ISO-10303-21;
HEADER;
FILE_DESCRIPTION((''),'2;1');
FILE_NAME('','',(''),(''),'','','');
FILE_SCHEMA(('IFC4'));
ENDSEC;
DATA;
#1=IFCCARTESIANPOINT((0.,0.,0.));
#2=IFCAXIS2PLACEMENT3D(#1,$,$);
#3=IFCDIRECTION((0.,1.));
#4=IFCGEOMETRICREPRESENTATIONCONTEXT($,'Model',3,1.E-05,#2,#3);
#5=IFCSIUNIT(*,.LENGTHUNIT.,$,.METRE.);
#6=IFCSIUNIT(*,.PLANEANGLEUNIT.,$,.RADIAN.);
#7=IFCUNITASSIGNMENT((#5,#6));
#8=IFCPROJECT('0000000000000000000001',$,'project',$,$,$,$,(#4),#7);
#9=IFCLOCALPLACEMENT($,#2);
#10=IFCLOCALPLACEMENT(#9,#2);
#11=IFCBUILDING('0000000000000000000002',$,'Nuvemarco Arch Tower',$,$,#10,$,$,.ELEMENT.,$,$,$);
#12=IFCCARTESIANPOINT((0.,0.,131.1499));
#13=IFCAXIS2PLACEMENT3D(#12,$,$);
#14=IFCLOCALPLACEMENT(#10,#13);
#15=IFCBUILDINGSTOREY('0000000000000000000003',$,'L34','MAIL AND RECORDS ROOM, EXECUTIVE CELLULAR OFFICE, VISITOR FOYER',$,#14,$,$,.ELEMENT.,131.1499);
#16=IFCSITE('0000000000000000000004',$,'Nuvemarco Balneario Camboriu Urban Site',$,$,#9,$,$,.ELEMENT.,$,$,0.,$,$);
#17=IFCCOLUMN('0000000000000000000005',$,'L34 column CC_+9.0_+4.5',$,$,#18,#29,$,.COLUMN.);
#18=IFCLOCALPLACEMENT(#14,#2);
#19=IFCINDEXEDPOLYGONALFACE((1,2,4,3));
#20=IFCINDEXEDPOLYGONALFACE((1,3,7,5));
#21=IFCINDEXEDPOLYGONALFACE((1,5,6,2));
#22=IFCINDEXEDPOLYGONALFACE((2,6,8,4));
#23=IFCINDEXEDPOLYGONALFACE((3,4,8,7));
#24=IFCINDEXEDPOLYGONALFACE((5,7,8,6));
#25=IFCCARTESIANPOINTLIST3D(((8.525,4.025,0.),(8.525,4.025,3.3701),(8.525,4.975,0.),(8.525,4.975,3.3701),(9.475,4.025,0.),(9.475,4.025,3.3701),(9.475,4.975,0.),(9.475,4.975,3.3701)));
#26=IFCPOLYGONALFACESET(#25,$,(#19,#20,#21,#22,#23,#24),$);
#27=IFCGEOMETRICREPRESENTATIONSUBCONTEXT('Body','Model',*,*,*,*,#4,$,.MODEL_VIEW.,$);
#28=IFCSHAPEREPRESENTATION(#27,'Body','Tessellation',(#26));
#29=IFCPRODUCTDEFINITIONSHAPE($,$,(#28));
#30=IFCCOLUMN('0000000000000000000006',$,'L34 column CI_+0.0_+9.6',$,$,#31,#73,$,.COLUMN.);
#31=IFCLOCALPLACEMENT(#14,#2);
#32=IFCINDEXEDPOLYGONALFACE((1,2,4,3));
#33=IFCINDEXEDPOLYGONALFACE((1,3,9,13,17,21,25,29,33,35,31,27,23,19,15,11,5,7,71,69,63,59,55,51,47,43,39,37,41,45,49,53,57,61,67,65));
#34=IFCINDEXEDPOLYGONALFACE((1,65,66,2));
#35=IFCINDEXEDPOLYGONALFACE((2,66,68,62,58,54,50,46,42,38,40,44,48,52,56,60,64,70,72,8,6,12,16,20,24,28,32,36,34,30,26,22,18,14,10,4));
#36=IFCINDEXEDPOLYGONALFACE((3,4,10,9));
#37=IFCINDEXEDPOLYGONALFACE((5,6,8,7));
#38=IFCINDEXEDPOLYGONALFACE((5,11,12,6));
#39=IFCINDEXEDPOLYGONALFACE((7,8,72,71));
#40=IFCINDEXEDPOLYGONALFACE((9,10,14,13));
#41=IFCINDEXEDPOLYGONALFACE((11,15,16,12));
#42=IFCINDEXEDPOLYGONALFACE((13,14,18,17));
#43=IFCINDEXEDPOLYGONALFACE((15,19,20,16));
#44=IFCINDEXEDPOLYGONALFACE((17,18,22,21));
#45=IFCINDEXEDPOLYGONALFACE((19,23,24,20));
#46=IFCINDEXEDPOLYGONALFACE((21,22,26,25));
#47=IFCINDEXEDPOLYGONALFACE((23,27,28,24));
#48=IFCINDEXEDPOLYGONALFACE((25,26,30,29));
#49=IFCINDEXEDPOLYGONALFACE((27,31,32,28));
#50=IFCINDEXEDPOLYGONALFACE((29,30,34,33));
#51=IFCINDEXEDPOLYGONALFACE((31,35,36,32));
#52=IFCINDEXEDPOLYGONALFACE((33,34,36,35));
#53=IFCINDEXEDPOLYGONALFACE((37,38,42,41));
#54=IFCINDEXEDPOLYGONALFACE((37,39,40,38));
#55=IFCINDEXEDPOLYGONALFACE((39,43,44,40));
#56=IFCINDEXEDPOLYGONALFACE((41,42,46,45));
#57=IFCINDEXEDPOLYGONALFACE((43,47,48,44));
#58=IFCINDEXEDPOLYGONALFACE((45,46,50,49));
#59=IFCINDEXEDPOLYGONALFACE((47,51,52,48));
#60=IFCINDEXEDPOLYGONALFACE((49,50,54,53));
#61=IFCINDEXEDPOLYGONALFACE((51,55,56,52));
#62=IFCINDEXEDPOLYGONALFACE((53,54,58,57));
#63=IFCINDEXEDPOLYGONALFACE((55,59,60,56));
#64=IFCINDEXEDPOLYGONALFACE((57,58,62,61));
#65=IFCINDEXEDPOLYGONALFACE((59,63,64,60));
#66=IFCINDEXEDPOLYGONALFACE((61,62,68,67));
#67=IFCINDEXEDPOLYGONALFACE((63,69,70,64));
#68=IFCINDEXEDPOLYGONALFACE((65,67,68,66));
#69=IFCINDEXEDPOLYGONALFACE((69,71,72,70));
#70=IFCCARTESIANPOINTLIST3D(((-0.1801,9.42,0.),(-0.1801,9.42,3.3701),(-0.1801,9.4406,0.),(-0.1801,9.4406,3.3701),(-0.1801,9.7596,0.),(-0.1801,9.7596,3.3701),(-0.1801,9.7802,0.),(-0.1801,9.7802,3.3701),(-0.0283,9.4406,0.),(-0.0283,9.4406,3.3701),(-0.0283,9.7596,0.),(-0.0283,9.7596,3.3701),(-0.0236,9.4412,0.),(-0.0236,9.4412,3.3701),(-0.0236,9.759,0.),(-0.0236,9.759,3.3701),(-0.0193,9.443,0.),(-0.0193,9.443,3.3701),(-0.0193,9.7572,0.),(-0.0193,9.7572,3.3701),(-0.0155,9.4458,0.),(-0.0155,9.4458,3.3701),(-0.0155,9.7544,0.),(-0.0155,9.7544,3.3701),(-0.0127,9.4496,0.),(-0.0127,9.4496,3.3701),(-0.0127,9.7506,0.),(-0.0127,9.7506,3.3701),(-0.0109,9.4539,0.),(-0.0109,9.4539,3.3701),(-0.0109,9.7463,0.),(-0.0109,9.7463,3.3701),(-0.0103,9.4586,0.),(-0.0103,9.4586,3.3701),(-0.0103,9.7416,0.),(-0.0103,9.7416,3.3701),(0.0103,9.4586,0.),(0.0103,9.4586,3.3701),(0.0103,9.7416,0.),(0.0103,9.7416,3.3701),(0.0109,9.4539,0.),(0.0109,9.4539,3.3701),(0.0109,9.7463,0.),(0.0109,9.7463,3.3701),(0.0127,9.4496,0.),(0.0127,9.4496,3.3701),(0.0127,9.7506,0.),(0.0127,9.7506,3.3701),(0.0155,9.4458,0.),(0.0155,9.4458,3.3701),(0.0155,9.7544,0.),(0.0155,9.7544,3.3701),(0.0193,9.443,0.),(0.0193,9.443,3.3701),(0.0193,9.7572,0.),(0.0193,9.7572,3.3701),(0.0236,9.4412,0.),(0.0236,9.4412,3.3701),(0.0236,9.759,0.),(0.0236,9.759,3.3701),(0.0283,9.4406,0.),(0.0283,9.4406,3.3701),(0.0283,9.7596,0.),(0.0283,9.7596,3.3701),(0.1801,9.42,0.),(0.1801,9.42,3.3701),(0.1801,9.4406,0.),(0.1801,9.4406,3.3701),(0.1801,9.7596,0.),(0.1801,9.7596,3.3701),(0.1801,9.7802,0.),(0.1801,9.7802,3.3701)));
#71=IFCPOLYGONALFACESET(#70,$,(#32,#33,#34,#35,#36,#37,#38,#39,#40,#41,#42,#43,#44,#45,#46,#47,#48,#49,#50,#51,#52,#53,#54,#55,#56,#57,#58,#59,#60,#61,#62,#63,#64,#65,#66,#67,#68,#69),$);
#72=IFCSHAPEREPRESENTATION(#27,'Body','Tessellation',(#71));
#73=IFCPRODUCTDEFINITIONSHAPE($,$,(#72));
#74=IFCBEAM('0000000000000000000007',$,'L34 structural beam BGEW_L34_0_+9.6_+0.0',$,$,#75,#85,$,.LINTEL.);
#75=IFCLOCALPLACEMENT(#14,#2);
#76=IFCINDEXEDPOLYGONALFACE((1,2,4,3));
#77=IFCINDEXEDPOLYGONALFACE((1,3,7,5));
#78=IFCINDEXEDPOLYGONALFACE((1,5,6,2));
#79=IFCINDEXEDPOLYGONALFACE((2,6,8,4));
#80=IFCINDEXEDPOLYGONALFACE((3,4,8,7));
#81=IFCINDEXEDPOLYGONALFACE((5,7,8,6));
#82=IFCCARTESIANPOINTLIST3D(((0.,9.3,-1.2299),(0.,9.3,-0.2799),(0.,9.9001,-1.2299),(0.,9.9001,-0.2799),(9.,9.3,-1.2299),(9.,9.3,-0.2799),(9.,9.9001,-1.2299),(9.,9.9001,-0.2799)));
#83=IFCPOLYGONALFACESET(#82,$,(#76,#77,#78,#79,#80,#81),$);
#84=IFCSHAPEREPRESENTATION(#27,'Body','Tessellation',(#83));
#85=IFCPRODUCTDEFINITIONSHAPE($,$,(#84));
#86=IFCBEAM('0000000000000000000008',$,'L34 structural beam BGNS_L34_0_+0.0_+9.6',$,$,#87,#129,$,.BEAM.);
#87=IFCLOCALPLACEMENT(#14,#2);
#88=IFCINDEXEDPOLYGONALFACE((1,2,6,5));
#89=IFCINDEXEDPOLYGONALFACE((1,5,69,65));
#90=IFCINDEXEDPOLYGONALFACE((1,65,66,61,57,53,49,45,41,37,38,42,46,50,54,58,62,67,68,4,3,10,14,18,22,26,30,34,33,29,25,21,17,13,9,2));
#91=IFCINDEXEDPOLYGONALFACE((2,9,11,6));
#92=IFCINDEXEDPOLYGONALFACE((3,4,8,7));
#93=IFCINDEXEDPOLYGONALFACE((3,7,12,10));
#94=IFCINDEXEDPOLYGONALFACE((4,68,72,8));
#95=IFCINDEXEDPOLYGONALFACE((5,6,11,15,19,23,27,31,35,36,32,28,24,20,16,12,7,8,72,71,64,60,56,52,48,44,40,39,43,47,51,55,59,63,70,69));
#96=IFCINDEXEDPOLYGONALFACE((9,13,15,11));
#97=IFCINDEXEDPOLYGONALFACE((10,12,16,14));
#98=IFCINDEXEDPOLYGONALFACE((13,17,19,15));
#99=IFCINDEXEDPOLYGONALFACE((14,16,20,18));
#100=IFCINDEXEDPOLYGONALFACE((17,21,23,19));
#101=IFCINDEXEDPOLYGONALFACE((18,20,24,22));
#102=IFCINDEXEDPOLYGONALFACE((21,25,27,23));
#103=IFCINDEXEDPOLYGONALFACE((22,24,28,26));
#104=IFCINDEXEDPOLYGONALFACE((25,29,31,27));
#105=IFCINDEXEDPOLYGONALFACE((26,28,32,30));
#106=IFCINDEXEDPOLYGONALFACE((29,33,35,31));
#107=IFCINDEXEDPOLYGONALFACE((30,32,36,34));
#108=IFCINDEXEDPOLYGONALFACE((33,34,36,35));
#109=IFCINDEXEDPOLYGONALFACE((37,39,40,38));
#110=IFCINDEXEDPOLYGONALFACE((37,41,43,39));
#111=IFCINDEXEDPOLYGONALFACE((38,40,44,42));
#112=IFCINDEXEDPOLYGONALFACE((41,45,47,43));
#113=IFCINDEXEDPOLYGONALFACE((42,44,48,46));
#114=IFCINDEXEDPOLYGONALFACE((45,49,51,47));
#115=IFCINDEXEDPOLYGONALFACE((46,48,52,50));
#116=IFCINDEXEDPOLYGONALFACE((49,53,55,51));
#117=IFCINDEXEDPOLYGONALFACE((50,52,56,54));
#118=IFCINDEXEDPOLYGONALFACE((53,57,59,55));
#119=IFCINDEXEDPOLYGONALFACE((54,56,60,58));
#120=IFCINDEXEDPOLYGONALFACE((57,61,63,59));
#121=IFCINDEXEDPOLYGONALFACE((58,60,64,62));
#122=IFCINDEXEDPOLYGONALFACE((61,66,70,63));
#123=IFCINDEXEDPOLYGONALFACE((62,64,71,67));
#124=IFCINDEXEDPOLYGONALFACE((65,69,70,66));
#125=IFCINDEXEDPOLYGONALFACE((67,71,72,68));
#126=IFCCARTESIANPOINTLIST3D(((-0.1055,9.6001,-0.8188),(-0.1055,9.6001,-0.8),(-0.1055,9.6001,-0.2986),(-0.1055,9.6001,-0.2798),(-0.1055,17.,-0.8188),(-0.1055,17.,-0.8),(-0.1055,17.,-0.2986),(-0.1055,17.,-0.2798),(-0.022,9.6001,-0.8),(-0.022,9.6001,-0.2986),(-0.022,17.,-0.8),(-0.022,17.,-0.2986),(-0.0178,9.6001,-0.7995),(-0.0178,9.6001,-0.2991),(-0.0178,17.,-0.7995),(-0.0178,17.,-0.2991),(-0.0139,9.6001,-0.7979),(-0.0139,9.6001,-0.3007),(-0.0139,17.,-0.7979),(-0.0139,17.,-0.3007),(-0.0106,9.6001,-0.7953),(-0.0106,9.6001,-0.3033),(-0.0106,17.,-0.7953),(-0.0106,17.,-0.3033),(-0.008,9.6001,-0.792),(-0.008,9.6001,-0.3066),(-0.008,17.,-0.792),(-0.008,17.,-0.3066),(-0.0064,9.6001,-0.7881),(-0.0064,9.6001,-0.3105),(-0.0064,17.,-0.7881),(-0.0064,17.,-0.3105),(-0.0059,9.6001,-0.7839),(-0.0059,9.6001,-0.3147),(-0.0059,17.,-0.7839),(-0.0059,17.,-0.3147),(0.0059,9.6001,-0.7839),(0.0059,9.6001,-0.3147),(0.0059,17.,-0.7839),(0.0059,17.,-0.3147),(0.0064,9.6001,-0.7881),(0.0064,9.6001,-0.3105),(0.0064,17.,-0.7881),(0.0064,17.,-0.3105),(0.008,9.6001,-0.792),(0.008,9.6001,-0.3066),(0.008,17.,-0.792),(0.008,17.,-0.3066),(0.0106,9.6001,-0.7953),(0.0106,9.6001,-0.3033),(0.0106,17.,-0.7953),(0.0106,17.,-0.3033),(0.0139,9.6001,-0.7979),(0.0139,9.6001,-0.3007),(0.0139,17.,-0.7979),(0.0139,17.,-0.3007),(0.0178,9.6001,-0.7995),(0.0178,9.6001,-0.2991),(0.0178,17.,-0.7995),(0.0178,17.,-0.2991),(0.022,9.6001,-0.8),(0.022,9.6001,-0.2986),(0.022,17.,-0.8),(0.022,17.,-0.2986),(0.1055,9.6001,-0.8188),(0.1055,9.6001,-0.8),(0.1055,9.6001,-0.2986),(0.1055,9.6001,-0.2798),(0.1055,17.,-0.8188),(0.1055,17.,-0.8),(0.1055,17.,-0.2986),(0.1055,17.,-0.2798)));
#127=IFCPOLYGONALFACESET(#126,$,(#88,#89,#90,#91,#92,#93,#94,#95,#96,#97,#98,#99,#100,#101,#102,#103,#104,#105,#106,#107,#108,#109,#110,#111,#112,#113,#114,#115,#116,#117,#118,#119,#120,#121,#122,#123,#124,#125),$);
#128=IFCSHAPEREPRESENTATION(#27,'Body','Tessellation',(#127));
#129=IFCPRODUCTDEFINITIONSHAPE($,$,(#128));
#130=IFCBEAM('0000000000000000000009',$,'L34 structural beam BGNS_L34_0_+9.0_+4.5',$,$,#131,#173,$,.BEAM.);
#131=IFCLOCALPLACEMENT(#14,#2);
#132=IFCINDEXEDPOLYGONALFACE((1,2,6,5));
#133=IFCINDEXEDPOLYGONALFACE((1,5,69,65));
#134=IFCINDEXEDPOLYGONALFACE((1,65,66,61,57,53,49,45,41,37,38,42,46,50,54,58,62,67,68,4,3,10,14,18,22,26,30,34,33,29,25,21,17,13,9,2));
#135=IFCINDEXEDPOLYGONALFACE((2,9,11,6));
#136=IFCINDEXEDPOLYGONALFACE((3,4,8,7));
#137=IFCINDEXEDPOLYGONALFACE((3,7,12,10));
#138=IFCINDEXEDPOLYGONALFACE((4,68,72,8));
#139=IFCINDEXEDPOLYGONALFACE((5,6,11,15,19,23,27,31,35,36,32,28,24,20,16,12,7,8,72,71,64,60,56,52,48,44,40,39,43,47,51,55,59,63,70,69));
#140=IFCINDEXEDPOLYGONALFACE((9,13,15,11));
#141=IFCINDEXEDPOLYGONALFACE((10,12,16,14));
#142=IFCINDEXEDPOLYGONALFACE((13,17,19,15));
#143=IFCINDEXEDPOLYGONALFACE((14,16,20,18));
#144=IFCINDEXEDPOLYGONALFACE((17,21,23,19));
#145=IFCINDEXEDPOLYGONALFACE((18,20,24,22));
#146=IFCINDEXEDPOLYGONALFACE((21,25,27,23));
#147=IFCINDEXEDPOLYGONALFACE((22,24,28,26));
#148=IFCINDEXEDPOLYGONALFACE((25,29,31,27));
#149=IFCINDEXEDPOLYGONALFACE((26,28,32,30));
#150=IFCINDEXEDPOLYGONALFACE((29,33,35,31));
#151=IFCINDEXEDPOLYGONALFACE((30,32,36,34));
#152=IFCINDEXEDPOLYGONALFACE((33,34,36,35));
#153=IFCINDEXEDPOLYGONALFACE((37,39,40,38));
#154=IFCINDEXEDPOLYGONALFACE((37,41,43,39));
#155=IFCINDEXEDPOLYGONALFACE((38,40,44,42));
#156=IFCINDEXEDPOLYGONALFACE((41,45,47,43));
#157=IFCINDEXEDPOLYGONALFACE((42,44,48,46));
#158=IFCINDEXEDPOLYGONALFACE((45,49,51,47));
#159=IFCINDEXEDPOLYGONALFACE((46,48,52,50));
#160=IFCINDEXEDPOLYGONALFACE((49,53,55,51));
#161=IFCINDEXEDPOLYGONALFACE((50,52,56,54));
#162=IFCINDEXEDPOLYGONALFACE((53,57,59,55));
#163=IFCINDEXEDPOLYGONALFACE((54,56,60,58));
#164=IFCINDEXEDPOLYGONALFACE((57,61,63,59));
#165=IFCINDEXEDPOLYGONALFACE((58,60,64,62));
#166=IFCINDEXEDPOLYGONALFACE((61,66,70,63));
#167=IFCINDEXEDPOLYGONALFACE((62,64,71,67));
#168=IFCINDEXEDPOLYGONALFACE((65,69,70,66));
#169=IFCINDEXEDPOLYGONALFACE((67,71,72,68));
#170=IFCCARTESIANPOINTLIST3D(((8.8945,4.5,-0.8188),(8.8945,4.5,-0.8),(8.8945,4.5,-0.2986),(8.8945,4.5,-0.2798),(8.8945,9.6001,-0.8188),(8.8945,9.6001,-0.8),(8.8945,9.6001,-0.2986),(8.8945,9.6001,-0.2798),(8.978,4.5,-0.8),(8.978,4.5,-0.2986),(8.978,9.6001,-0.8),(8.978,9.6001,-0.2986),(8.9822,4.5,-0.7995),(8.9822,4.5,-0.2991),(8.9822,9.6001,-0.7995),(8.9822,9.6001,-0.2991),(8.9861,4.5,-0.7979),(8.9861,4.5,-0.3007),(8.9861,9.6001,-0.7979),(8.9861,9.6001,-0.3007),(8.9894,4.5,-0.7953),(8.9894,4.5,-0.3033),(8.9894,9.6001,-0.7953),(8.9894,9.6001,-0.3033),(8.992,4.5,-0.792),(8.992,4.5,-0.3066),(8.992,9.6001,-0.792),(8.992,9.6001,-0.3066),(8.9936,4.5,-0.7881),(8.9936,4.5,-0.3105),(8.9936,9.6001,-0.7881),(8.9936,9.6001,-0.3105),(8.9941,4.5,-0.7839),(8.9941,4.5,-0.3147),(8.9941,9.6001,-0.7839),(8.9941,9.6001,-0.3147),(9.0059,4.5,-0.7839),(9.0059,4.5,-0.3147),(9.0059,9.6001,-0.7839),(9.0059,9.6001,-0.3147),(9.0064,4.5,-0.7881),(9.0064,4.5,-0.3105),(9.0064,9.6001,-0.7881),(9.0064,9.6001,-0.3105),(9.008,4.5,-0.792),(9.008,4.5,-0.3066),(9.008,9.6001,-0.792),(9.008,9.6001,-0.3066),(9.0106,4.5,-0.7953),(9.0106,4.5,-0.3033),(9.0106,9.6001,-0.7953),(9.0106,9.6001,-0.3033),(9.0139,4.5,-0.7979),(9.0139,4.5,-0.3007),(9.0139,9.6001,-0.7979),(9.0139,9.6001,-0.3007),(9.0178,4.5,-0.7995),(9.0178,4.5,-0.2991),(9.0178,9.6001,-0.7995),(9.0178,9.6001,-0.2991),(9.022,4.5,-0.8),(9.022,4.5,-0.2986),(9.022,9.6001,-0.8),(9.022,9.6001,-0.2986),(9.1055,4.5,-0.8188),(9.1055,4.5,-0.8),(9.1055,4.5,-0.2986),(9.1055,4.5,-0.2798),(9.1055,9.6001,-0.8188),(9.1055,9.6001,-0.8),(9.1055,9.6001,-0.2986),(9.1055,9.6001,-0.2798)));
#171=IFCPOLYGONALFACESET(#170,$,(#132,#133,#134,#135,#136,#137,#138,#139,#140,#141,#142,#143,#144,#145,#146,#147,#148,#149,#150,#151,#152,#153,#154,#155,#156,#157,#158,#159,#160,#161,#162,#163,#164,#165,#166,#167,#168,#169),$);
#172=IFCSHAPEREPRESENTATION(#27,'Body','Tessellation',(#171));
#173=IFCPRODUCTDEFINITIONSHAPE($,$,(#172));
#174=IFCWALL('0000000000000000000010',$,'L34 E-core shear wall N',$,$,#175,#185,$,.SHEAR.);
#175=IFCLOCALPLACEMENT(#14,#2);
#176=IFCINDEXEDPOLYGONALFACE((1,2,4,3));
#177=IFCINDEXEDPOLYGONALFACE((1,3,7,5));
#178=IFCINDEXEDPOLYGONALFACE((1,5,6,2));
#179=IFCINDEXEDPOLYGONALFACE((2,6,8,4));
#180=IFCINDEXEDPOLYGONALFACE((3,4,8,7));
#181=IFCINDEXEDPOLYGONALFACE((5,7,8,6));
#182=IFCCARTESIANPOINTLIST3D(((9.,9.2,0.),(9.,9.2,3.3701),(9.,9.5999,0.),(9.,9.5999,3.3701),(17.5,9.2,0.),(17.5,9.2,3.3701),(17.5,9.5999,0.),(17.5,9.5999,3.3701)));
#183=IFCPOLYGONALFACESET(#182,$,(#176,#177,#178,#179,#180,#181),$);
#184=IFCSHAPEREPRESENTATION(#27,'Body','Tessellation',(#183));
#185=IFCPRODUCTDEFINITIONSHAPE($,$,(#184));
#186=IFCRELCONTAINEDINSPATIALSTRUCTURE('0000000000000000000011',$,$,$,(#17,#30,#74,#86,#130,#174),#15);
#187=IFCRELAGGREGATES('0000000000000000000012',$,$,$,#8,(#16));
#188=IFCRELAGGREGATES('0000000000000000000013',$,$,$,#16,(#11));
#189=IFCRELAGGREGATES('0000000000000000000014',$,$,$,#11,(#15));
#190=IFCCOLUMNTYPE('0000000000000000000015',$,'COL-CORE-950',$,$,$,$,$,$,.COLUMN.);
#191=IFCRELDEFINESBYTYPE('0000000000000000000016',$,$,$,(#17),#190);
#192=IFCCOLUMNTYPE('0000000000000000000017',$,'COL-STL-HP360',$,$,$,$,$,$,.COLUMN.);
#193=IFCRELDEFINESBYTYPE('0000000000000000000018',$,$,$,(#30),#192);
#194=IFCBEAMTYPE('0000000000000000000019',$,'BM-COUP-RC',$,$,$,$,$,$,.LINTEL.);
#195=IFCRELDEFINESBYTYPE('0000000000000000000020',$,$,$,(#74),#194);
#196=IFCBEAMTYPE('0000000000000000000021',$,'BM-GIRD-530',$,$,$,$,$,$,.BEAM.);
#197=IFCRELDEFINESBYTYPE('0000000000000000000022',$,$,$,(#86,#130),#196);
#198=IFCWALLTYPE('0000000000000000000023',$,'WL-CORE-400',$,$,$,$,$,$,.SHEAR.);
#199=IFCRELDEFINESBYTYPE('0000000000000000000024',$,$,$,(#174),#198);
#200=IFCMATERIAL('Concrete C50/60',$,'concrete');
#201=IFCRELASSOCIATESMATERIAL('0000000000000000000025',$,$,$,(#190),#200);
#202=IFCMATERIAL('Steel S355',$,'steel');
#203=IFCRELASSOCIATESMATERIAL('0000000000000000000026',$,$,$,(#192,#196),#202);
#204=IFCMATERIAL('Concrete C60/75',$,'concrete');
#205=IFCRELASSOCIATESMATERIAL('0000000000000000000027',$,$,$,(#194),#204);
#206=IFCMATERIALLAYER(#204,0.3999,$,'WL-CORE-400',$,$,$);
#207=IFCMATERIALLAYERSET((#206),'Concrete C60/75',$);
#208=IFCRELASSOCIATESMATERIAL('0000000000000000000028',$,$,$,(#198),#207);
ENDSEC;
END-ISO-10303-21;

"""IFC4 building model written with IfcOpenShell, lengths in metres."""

from ifc_helpers import new_model, si_unit, direction, frame, frame_2d, origin, origin_2d, place, context, subcontext, project, spatial, rectangle, i_section, extrude, material, layer, layer_set, material_profile, profile_set, type_object, element, save


model = new_model("IFC4")

# Units and contexts
model_context = context("Model", 3, precision=1e-05, world=origin(), true_north=direction((0.0, 1.0)))
body_context = subcontext(model_context, "Body", "Model", "MODEL_VIEW")
ifc_project = project(units=[si_unit("LENGTHUNIT", "METRE"), si_unit("PLANEANGLEUNIT", "RADIAN")], contexts=[model_context])

# Site, building, storey
site_placement = place(None, origin())
site = spatial("IfcSite", under=ifc_project, at=site_placement, Name="Nuvemarco Balneario Camboriu Urban Site", CompositionType="ELEMENT", RefElevation=0.0)
building_placement = place(site_placement, origin())
building = spatial("IfcBuilding", under=site, at=building_placement, Name="Nuvemarco Arch Tower", CompositionType="ELEMENT")
storey_placement = place(building_placement, frame((0.0, 0.0, 131.1499)))
storey = spatial("IfcBuildingStorey", under=building, at=storey_placement, Name="L34", Description="MAIL AND RECORDS ROOM, EXECUTIVE CELLULAR OFFICE, VISITOR FOYER", CompositionType="ELEMENT", Elevation=131.1499)

# Columns
ifc_material_1 = material(Name="Concrete C50/60", Category="concrete")
ifc_material_profile_1 = material_profile(ifc_material_1, rectangle(XDim=0.95, YDim=0.95, at=origin_2d()), Name="RC-COL-950x950")
ifc_profile_set_1 = profile_set([ifc_material_profile_1], Name="Concrete C50/60")
column_type_1 = type_object("IfcColumnType", Name="COL-CORE-950", PredefinedType="COLUMN", material=ifc_profile_set_1)
column_1_placement = place(storey_placement, frame((9.0, 4.5, 0.0), z_axis=(0.0, 0.0, 1.0), x_axis=(1.0, 0.0, 0.0)))
element("IfcColumn", 1, at=column_1_placement, inside=storey, type_object=column_type_1, Name="L34 column CC_+9.0_+4.5", PredefinedType="COLUMN", context=body_context, shape_type="SweptSolid", body=[
    extrude(rectangle(XDim=0.95, YDim=0.95, at=origin_2d()), origin(), (0.0, 0.0, 1.0), 3.3701),
])
ifc_material_2 = material(Name="Steel S355", Category="steel")
ifc_material_profile_2 = material_profile(ifc_material_2, i_section(OverallWidth=0.3601, OverallDepth=0.3601, WebThickness=0.0205, FlangeThickness=0.0205, FilletRadius=0.0181, at=origin_2d()), Name="HP360x174")
ifc_profile_set_2 = profile_set([ifc_material_profile_2], Name="Steel S355")
column_type_2 = type_object("IfcColumnType", Name="COL-STL-HP360", PredefinedType="COLUMN", material=ifc_profile_set_2)
column_2_placement = place(storey_placement, frame((0.0, 9.6001, 0.0), z_axis=(0.0, 0.0, 1.0), x_axis=(1.0, 0.0, 0.0)))
element("IfcColumn", 2, at=column_2_placement, inside=storey, type_object=column_type_2, Name="L34 column CI_+0.0_+9.6", PredefinedType="COLUMN", context=body_context, shape_type="SweptSolid", body=[
    extrude(i_section(OverallWidth=0.3601, OverallDepth=0.3601, WebThickness=0.0205, FlangeThickness=0.0205, FilletRadius=0.0181, at=origin_2d()), origin(), (0.0, 0.0, 1.0), 3.3701),
])

# Beams
ifc_material_3 = material(Name="Concrete C60/75", Category="concrete")
ifc_material_profile_3 = material_profile(ifc_material_3, rectangle(XDim=0.6001, YDim=0.95, at=origin_2d()), Name="RC-BM-600x950")
ifc_profile_set_3 = profile_set([ifc_material_profile_3], Name="Concrete C60/75")
beam_type_1 = type_object("IfcBeamType", Name="BM-COUP-RC", PredefinedType="LINTEL", material=ifc_profile_set_3)
beam_1_placement = place(storey_placement, frame((0.0, 9.6001, -0.7549), z_axis=(1.0, 0.0, 0.0), x_axis=(0.0, 1.0, 0.0)))
element("IfcBeam", 3, at=beam_1_placement, inside=storey, type_object=beam_type_1, Name="L34 structural beam BGEW_L34_0_+9.6_+0.0", PredefinedType="LINTEL", context=body_context, shape_type="SweptSolid", body=[
    extrude(rectangle(XDim=0.6001, YDim=0.95, at=origin_2d()), origin(), (0.0, 0.0, 1.0), 9.0),
])
ifc_material_profile_4 = material_profile(ifc_material_2, i_section(OverallWidth=0.2109, OverallDepth=0.5391, WebThickness=0.0117, FlangeThickness=0.0188, FilletRadius=0.0161, at=origin_2d()), Name="W530x109")
ifc_profile_set_4 = profile_set([ifc_material_profile_4], Name="Steel S355")
beam_type_2 = type_object("IfcBeamType", Name="BM-GIRD-530", PredefinedType="BEAM", material=ifc_profile_set_4)
beam_2_placement = place(storey_placement, frame((0.0, 9.6001, -0.5493), z_axis=(0.0, 1.0, 0.0), x_axis=(-1.0, 0.0, 0.0)))
element("IfcBeam", 4, at=beam_2_placement, inside=storey, type_object=beam_type_2, Name="L34 structural beam BGNS_L34_0_+0.0_+9.6", PredefinedType="BEAM", context=body_context, shape_type="SweptSolid", body=[
    extrude(i_section(OverallWidth=0.2109, OverallDepth=0.5391, WebThickness=0.0117, FlangeThickness=0.0188, FilletRadius=0.0161, at=origin_2d()), origin(), (0.0, 0.0, 1.0), 7.3999),
])
beam_3_placement = place(storey_placement, frame((9.0, 4.5, -0.5493), z_axis=(0.0, 1.0, 0.0), x_axis=(-1.0, 0.0, 0.0)))
element("IfcBeam", 5, at=beam_3_placement, inside=storey, type_object=beam_type_2, Name="L34 structural beam BGNS_L34_0_+9.0_+4.5", PredefinedType="BEAM", context=body_context, shape_type="SweptSolid", body=[
    extrude(i_section(OverallWidth=0.2109, OverallDepth=0.5391, WebThickness=0.0117, FlangeThickness=0.0188, FilletRadius=0.0161, at=origin_2d()), origin(), (0.0, 0.0, 1.0), 5.1001),
])

# Wall
ifc_layer_1 = layer(ifc_material_3, 0.3999, Name="WL-CORE-400")
ifc_layer_set_1 = layer_set([ifc_layer_1], Name="Concrete C60/75")
wall_type_1 = type_object("IfcWallType", Name="WL-CORE-400", PredefinedType="SHEAR", material=ifc_layer_set_1)
wall_1_placement = place(storey_placement, frame((9.0, 9.3999, 0.0), z_axis=(0.0, 0.0, 1.0), x_axis=(1.0, 0.0, 0.0)))
element("IfcWall", 6, at=wall_1_placement, inside=storey, type_object=wall_type_1, Name="L34 E-core shear wall N", PredefinedType="SHEAR", context=body_context, shape_type="SweptSolid", body=[
    extrude(rectangle(XDim=8.5, YDim=0.3999, at=frame_2d((4.25, 0.0))), origin(), (0.0, 0.0, 1.0), 3.3701),
])

save(model, "model.ifc")
